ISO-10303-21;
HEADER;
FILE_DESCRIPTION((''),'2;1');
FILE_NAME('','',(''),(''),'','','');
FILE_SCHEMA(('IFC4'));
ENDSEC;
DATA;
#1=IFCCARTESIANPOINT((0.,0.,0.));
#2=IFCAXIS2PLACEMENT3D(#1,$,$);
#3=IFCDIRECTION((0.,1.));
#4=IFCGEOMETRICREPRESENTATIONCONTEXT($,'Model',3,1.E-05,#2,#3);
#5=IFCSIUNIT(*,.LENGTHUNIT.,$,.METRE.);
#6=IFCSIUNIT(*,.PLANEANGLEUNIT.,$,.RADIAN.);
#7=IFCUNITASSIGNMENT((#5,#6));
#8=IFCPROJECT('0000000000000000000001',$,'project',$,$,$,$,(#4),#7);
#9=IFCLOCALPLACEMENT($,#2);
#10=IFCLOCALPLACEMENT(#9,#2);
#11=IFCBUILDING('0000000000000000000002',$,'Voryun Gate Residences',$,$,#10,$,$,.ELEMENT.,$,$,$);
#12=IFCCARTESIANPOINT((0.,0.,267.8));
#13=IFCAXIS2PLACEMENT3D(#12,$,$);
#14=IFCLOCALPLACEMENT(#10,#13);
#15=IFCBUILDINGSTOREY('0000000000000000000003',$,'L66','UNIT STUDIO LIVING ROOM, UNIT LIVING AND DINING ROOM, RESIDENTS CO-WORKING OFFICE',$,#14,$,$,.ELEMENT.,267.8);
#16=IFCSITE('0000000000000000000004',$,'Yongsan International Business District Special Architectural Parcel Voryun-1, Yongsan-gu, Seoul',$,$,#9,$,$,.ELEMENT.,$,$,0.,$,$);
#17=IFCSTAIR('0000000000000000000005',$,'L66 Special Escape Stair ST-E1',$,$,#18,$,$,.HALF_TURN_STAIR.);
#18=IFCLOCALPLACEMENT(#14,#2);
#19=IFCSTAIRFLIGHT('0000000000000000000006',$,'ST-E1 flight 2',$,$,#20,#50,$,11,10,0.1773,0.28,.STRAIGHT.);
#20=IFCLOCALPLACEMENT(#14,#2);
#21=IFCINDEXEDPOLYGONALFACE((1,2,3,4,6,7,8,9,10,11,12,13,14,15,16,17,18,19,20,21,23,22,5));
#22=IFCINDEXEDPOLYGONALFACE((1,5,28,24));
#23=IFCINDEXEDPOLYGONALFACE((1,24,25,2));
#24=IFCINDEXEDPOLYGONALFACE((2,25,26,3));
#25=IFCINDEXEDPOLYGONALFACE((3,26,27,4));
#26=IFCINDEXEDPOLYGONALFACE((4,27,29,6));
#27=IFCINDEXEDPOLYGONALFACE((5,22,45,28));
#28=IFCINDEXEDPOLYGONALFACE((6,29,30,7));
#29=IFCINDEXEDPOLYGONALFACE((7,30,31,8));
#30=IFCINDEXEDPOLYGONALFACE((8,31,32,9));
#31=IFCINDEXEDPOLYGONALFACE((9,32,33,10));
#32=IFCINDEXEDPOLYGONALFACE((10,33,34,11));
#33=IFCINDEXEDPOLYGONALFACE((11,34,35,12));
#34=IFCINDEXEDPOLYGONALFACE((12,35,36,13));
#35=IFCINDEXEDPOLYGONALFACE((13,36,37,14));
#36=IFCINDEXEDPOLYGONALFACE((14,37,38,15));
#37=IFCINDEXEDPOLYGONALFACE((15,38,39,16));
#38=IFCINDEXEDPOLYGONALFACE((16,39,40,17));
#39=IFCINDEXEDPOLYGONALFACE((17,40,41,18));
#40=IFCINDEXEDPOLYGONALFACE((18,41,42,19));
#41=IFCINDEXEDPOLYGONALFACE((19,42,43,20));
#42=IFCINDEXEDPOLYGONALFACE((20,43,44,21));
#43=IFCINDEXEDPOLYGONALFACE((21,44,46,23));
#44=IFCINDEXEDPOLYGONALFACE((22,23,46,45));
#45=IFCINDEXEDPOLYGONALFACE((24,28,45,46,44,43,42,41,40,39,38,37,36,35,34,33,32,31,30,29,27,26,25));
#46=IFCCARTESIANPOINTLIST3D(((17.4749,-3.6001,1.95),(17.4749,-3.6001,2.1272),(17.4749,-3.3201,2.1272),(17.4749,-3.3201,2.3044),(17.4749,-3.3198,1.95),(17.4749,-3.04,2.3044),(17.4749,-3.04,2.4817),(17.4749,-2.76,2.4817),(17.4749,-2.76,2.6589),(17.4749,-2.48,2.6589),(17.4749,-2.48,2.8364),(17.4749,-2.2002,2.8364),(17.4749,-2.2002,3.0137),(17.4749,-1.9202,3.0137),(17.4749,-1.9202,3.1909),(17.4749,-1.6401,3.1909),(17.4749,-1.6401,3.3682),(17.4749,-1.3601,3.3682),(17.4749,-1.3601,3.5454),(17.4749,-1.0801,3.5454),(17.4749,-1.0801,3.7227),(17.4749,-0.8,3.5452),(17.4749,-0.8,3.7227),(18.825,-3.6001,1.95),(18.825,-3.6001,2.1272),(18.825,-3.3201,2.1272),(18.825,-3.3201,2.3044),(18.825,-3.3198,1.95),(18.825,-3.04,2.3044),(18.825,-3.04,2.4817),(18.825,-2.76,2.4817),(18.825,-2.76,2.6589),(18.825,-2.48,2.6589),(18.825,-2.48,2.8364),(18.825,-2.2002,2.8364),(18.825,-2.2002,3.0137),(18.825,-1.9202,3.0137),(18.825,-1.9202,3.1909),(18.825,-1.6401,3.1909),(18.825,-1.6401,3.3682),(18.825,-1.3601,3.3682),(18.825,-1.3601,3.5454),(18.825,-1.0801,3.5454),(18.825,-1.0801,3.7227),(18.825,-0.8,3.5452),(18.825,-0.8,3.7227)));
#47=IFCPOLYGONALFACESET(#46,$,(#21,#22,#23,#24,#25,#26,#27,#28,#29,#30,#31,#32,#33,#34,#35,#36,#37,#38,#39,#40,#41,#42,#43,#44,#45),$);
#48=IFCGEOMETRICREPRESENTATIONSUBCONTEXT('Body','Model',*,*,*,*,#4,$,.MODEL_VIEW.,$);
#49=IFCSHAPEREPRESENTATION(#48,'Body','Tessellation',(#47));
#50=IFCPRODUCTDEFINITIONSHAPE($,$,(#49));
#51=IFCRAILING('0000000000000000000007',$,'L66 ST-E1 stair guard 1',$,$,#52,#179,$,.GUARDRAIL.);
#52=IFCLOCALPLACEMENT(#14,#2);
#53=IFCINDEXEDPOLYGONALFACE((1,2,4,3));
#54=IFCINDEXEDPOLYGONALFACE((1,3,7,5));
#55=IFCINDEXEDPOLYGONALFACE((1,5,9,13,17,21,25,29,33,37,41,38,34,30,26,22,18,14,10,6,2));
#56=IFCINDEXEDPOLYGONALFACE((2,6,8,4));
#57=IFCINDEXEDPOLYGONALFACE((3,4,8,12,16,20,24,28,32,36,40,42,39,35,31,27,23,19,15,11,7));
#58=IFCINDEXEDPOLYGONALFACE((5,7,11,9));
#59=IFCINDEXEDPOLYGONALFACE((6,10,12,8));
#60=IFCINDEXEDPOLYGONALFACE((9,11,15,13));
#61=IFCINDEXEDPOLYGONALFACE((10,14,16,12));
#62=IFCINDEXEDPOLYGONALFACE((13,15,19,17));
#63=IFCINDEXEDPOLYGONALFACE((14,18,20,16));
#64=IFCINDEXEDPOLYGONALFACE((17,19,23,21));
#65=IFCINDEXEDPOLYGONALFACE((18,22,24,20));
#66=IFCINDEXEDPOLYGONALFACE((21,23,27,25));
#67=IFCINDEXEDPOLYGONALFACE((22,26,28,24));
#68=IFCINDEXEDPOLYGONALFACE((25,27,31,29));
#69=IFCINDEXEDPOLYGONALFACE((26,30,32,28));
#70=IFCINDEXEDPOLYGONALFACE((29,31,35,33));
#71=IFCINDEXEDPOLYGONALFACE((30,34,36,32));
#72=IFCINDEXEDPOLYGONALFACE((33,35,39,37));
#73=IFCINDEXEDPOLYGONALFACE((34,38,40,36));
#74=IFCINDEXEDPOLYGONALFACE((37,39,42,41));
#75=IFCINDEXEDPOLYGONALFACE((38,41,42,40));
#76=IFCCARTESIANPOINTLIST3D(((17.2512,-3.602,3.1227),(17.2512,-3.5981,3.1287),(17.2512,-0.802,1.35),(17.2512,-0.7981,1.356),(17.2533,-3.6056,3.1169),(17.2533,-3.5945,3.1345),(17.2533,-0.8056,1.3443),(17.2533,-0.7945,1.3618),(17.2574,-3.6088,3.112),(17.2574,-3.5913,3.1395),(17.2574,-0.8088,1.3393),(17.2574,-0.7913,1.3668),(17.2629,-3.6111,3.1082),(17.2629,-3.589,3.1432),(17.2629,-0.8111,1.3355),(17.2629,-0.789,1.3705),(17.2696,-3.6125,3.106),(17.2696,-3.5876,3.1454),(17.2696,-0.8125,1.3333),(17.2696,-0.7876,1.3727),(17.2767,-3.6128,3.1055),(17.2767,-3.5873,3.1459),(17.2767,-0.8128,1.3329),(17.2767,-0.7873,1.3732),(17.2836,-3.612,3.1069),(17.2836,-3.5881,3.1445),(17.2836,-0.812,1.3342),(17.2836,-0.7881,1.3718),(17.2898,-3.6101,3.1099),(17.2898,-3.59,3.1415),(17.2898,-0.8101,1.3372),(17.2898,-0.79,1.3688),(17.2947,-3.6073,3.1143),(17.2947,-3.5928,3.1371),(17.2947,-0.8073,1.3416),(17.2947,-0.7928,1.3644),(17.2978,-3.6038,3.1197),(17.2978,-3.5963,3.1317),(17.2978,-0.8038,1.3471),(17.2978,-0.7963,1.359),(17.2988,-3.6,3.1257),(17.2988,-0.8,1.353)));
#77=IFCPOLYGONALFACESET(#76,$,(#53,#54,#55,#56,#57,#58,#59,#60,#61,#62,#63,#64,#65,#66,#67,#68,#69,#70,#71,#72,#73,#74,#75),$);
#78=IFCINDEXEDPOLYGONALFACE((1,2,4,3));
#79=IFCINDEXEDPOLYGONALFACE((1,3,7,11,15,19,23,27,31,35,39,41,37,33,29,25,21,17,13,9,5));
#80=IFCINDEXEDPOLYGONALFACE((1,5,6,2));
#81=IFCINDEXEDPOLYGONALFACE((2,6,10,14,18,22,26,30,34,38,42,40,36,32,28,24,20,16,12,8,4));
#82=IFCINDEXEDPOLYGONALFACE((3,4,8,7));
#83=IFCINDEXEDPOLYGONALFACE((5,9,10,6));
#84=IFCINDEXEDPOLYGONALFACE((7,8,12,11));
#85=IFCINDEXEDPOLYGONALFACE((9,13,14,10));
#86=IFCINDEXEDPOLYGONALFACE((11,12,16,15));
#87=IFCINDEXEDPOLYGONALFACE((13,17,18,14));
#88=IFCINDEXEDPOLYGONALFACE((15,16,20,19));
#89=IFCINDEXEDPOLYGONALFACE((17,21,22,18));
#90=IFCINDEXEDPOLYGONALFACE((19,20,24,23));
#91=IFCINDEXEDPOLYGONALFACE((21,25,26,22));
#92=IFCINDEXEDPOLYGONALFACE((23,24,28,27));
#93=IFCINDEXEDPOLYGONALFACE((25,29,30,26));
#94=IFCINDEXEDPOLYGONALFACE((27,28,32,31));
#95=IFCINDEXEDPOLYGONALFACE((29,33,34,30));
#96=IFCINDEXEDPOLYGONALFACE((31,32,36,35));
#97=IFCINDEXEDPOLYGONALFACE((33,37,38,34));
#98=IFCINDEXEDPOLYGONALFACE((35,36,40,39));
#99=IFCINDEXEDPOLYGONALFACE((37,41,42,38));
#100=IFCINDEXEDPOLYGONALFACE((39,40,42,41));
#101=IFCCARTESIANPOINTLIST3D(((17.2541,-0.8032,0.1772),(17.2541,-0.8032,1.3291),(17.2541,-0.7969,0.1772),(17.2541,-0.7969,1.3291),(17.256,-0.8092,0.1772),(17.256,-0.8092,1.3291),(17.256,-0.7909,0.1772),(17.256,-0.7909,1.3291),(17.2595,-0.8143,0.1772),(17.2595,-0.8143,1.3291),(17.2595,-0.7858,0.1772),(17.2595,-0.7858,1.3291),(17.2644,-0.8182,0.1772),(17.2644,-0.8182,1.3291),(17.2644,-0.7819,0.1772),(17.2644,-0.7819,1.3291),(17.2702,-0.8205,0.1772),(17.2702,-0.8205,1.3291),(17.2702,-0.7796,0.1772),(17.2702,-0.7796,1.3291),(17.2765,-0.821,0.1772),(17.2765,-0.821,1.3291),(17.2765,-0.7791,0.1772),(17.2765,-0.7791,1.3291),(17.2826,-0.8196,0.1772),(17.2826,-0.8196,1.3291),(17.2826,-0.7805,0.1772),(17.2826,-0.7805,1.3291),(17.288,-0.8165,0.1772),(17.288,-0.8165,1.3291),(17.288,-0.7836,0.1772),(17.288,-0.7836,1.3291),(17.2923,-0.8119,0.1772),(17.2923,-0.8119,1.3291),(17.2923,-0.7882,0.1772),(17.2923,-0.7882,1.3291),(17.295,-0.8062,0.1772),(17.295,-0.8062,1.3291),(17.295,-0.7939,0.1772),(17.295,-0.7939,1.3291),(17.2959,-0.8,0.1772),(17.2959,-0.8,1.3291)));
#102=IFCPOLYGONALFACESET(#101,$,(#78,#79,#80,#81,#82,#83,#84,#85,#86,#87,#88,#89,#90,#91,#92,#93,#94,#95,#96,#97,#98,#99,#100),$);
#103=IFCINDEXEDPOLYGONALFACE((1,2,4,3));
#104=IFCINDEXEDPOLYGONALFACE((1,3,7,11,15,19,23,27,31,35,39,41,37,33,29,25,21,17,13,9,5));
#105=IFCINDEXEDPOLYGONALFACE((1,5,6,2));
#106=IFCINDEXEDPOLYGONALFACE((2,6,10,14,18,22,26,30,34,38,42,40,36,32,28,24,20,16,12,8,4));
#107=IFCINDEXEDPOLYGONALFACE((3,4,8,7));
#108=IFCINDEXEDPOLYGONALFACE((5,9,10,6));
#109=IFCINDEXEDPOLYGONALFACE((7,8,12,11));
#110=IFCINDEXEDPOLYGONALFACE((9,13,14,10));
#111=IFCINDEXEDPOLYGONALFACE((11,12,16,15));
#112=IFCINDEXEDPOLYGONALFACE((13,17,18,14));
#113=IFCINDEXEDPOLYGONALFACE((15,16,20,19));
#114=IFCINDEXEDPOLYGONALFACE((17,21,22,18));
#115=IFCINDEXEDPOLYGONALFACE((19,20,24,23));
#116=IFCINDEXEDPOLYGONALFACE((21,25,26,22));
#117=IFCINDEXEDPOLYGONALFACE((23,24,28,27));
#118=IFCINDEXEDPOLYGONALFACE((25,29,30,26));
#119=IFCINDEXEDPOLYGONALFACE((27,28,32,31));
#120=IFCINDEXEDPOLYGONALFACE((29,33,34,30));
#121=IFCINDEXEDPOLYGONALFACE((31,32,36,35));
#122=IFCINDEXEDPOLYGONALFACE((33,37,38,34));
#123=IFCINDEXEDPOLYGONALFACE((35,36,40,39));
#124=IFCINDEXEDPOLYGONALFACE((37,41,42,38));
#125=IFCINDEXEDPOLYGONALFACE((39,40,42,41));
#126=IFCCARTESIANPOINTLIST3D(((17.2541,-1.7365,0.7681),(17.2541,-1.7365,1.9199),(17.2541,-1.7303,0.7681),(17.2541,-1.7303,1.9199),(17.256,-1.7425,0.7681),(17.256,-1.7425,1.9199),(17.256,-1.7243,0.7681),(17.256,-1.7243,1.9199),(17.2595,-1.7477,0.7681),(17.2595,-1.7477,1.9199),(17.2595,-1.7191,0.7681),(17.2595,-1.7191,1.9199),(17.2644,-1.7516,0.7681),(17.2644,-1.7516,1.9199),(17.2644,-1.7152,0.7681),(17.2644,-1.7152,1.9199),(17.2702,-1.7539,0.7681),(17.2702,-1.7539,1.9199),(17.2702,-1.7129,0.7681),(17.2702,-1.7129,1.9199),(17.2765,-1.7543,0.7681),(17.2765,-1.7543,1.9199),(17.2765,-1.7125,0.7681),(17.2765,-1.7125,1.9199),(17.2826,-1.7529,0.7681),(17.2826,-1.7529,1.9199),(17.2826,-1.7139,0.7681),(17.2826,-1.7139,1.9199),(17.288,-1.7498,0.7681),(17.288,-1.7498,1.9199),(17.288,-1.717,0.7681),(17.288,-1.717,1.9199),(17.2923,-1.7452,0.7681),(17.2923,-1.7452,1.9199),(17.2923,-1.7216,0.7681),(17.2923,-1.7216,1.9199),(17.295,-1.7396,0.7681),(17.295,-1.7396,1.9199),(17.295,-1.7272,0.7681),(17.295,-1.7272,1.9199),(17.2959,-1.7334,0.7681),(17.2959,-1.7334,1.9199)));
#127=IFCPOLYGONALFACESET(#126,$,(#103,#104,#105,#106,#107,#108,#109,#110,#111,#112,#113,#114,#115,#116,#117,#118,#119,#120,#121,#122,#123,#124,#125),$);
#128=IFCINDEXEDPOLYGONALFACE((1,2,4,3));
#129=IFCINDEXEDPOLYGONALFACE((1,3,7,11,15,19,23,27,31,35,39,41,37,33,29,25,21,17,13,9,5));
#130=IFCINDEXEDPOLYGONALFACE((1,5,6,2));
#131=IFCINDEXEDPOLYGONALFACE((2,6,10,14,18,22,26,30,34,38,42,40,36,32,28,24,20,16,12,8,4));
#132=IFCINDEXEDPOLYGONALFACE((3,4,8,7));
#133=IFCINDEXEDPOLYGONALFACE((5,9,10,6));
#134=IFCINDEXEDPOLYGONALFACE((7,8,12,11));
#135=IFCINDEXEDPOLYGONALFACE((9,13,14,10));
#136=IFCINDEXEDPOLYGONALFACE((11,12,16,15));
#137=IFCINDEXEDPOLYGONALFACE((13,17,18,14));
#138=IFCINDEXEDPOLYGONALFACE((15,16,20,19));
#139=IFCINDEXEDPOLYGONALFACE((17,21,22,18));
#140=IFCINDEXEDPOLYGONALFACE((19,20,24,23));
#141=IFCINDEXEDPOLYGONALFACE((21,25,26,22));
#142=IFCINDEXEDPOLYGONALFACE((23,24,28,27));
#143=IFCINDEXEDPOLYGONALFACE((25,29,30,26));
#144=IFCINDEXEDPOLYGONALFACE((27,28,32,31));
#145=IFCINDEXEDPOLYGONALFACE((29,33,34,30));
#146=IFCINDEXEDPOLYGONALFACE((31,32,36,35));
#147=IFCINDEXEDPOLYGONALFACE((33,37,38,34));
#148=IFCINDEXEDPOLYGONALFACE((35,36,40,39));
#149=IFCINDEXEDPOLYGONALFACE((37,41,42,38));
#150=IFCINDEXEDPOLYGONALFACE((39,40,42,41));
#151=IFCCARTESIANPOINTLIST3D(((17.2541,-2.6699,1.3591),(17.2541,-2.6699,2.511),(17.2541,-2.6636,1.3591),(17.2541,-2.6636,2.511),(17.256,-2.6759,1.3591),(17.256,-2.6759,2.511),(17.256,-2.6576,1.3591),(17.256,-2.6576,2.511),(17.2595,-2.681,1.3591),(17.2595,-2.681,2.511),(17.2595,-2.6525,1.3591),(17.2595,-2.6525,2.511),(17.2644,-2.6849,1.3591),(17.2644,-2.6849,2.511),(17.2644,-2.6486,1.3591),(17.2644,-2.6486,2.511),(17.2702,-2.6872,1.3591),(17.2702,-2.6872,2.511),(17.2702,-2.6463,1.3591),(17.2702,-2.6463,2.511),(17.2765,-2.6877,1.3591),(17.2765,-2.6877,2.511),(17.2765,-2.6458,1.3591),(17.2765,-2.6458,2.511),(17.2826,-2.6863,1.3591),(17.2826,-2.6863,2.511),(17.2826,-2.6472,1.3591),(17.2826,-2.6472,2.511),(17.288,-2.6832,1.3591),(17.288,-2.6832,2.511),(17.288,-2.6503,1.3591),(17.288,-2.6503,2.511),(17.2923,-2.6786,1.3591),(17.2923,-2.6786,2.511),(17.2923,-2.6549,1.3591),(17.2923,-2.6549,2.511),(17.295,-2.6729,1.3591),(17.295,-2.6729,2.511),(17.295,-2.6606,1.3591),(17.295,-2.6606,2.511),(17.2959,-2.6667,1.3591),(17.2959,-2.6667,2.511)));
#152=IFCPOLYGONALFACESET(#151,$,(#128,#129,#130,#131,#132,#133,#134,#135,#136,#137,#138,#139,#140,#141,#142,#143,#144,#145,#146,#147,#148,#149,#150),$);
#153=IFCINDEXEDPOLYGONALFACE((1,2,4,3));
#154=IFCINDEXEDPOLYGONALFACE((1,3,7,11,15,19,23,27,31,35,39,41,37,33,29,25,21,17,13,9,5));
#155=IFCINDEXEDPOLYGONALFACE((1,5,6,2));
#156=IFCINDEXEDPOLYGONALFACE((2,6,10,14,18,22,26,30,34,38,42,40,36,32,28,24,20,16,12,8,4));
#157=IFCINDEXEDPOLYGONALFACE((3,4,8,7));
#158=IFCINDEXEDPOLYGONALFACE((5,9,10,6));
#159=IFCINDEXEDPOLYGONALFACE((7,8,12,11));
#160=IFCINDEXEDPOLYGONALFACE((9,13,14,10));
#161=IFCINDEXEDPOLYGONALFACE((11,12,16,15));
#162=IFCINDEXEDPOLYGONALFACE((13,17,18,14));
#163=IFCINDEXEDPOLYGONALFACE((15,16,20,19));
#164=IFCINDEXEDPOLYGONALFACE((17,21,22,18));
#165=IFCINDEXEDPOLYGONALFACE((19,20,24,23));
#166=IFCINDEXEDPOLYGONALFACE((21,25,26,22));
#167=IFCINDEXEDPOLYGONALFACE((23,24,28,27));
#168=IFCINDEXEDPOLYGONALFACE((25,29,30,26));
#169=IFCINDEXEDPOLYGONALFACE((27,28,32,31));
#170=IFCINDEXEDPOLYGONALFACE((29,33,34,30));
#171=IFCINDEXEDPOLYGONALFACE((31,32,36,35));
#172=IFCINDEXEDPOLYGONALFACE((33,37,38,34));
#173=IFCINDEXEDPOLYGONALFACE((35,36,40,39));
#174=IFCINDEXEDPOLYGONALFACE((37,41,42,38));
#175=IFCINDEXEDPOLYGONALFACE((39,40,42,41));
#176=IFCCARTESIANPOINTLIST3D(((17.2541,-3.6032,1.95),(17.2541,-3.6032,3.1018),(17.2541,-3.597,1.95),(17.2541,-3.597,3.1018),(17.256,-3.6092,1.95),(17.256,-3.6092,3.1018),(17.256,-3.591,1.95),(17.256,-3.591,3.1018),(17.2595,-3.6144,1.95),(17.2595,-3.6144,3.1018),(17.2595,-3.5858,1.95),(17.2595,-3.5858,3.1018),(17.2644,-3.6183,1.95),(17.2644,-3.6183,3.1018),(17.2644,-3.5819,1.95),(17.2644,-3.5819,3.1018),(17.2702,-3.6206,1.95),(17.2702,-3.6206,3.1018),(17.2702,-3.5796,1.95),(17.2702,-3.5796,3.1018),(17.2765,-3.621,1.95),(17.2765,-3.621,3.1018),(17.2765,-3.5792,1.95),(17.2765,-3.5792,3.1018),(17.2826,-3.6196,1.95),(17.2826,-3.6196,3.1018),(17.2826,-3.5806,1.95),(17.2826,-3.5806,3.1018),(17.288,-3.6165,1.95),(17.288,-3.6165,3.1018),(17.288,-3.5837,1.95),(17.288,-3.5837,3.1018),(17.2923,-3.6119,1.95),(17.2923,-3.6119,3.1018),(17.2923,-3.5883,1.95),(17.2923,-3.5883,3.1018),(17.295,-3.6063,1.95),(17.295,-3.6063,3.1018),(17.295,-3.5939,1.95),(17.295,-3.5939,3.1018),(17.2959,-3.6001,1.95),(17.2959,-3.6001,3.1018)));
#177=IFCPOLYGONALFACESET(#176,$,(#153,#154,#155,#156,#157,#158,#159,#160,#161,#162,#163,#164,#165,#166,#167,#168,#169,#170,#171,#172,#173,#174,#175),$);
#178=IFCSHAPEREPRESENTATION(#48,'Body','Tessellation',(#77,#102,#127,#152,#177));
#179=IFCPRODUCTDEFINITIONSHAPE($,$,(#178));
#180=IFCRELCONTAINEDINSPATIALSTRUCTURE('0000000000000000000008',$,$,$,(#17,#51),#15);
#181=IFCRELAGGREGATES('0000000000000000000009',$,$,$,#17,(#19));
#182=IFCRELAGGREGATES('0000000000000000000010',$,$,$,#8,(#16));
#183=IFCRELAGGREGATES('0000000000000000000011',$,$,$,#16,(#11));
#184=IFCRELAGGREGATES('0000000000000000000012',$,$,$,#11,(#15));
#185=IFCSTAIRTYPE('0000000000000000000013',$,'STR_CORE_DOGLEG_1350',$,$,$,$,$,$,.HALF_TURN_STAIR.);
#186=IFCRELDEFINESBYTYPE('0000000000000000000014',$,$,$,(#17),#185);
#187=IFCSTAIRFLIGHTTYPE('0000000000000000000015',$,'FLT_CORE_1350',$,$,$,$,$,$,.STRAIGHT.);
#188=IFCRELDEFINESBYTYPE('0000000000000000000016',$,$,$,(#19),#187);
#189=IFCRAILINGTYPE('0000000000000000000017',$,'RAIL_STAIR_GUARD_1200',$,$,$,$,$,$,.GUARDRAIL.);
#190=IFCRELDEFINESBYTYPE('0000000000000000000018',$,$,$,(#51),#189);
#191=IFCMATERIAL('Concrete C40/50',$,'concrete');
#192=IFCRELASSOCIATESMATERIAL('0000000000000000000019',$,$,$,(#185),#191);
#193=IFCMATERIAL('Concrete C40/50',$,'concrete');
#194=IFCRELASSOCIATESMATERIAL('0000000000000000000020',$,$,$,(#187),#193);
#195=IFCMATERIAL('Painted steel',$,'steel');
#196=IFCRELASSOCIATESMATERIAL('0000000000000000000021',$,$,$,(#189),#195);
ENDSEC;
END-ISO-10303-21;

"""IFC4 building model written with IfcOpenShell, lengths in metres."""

from ifc_helpers import new_model, si_unit, direction, frame, origin, origin_2d, place, context, subcontext, project, spatial, polyline, circle, outline, extrude, material, type_object, element, aggregate, save


model = new_model("IFC4")

# Units and contexts
model_context = context("Model", 3, precision=1e-05, world=origin(), true_north=direction((0.0, 1.0)))
body_context = subcontext(model_context, "Body", "Model", "MODEL_VIEW")
ifc_project = project(units=[si_unit("LENGTHUNIT", "METRE"), si_unit("PLANEANGLEUNIT", "RADIAN")], contexts=[model_context])

# Site, building, storey
site_placement = place(None, origin())
site = spatial("IfcSite", under=ifc_project, at=site_placement, Name="Yongsan International Business District Special Architectural Parcel Voryun-1, Yongsan-gu, Seoul", CompositionType="ELEMENT", RefElevation=0.0)
building_placement = place(site_placement, origin())
building = spatial("IfcBuilding", under=site, at=building_placement, Name="Voryun Gate Residences", CompositionType="ELEMENT")
storey_placement = place(building_placement, frame((0.0, 0.0, 267.8)))
storey = spatial("IfcBuildingStorey", under=building, at=storey_placement, Name="L66", Description="UNIT STUDIO LIVING ROOM, UNIT LIVING AND DINING ROOM, RESIDENTS CO-WORKING OFFICE", CompositionType="ELEMENT", Elevation=267.8)

# Stair, stair flight
ifc_material_1 = material(Name="Concrete C40/50", Category="concrete")
stair_type = type_object("IfcStairType", Name="STR_CORE_DOGLEG_1350", PredefinedType="HALF_TURN_STAIR", material=ifc_material_1)
stair_placement = place(storey_placement, origin())
stair = element("IfcStair", 1, at=stair_placement, inside=storey, type_object=stair_type, Name="L66 Special Escape Stair ST-E1", PredefinedType="HALF_TURN_STAIR")
ifc_material_2 = material(Name="Concrete C40/50", Category="concrete")
stair_flight_type = type_object("IfcStairFlightType", Name="FLT_CORE_1350", PredefinedType="STRAIGHT", material=ifc_material_2)
stair_flight_1_placement = place(storey_placement, frame((18.1499, -3.6001, 1.95), z_axis=(0.0, 0.0, 1.0), x_axis=(0.0, 1.0, 0.0)))
stair_flight_1 = element("IfcStairFlight", 2, at=stair_flight_1_placement, type_object=stair_flight_type, Name="ST-E1 flight 2", NumberOfRisers=11, NumberOfTreads=10, PredefinedType="STRAIGHT", RiserHeight=0.1773, TreadLength=0.28, context=body_context, shape_type="SweptSolid", body=[
    extrude(outline(polyline([(0.0, 0.0), (0.0, 0.1772), (0.28, 0.1772), (0.28, 0.3545), (0.5601, 0.3545), (0.5601, 0.5317), (0.8401, 0.5317), (0.8401, 0.709), (1.1201, 0.709), (1.1201, 0.8865), (1.3999, 0.8865), (1.3999, 1.0637), (1.6799, 1.0637), (1.6799, 1.241), (1.96, 1.241), (1.96, 1.4182), (2.24, 1.4182), (2.24, 1.5955), (2.52, 1.5955), (2.52, 1.7727), (2.8, 1.7727), (2.8, 1.95), (2.8, 1.5952), (0.2803, 0.0), (0.0, 0.0)])), frame((0.0, 0.675, 0.0), z_axis=(0.0, -1.0, 0.0), x_axis=(1.0, 0.0, 0.0)), (0.0, 0.0, 1.0), 1.3501),
])
aggregate(stair, [stair_flight_1])

# Railing
ifc_material_3 = material(Name="Painted steel", Category="steel")
railing_type_1 = type_object("IfcRailingType", Name="RAIL_STAIR_GUARD_1200", PredefinedType="GUARDRAIL", material=ifc_material_3)
railing_1_placement = place(storey_placement, frame((17.2749, -0.8, 0.1772)))
element("IfcRailing", 3, at=railing_1_placement, inside=storey, type_object=railing_type_1, Name="L66 ST-E1 stair guard 1", PredefinedType="GUARDRAIL", context=body_context, shape_type="SweptSolid", body=[
    extrude(circle(Radius=0.0239, at=origin_2d()), frame((0.0, 0.0, 1.1758), z_axis=(0.0, -0.844909, 0.53491), x_axis=(1.0, 0.0, 0.0)), (0.0, 0.0, 1.0), 3.314),
    extrude(circle(Radius=0.021, at=origin_2d()), origin(), (0.0, 0.0, 1.0), 1.1519),
    extrude(circle(Radius=0.021, at=origin_2d()), frame((0.0, -0.9333, 0.5908)), (0.0, 0.0, 1.0), 1.1519),
    extrude(circle(Radius=0.021, at=origin_2d()), frame((0.0, -1.8667, 1.1819)), (0.0, 0.0, 1.0), 1.1519),
    extrude(circle(Radius=0.021, at=origin_2d()), frame((0.0, -2.8, 1.7727)), (0.0, 0.0, 1.0), 1.1519),
])

save(model, "model.ifc")
